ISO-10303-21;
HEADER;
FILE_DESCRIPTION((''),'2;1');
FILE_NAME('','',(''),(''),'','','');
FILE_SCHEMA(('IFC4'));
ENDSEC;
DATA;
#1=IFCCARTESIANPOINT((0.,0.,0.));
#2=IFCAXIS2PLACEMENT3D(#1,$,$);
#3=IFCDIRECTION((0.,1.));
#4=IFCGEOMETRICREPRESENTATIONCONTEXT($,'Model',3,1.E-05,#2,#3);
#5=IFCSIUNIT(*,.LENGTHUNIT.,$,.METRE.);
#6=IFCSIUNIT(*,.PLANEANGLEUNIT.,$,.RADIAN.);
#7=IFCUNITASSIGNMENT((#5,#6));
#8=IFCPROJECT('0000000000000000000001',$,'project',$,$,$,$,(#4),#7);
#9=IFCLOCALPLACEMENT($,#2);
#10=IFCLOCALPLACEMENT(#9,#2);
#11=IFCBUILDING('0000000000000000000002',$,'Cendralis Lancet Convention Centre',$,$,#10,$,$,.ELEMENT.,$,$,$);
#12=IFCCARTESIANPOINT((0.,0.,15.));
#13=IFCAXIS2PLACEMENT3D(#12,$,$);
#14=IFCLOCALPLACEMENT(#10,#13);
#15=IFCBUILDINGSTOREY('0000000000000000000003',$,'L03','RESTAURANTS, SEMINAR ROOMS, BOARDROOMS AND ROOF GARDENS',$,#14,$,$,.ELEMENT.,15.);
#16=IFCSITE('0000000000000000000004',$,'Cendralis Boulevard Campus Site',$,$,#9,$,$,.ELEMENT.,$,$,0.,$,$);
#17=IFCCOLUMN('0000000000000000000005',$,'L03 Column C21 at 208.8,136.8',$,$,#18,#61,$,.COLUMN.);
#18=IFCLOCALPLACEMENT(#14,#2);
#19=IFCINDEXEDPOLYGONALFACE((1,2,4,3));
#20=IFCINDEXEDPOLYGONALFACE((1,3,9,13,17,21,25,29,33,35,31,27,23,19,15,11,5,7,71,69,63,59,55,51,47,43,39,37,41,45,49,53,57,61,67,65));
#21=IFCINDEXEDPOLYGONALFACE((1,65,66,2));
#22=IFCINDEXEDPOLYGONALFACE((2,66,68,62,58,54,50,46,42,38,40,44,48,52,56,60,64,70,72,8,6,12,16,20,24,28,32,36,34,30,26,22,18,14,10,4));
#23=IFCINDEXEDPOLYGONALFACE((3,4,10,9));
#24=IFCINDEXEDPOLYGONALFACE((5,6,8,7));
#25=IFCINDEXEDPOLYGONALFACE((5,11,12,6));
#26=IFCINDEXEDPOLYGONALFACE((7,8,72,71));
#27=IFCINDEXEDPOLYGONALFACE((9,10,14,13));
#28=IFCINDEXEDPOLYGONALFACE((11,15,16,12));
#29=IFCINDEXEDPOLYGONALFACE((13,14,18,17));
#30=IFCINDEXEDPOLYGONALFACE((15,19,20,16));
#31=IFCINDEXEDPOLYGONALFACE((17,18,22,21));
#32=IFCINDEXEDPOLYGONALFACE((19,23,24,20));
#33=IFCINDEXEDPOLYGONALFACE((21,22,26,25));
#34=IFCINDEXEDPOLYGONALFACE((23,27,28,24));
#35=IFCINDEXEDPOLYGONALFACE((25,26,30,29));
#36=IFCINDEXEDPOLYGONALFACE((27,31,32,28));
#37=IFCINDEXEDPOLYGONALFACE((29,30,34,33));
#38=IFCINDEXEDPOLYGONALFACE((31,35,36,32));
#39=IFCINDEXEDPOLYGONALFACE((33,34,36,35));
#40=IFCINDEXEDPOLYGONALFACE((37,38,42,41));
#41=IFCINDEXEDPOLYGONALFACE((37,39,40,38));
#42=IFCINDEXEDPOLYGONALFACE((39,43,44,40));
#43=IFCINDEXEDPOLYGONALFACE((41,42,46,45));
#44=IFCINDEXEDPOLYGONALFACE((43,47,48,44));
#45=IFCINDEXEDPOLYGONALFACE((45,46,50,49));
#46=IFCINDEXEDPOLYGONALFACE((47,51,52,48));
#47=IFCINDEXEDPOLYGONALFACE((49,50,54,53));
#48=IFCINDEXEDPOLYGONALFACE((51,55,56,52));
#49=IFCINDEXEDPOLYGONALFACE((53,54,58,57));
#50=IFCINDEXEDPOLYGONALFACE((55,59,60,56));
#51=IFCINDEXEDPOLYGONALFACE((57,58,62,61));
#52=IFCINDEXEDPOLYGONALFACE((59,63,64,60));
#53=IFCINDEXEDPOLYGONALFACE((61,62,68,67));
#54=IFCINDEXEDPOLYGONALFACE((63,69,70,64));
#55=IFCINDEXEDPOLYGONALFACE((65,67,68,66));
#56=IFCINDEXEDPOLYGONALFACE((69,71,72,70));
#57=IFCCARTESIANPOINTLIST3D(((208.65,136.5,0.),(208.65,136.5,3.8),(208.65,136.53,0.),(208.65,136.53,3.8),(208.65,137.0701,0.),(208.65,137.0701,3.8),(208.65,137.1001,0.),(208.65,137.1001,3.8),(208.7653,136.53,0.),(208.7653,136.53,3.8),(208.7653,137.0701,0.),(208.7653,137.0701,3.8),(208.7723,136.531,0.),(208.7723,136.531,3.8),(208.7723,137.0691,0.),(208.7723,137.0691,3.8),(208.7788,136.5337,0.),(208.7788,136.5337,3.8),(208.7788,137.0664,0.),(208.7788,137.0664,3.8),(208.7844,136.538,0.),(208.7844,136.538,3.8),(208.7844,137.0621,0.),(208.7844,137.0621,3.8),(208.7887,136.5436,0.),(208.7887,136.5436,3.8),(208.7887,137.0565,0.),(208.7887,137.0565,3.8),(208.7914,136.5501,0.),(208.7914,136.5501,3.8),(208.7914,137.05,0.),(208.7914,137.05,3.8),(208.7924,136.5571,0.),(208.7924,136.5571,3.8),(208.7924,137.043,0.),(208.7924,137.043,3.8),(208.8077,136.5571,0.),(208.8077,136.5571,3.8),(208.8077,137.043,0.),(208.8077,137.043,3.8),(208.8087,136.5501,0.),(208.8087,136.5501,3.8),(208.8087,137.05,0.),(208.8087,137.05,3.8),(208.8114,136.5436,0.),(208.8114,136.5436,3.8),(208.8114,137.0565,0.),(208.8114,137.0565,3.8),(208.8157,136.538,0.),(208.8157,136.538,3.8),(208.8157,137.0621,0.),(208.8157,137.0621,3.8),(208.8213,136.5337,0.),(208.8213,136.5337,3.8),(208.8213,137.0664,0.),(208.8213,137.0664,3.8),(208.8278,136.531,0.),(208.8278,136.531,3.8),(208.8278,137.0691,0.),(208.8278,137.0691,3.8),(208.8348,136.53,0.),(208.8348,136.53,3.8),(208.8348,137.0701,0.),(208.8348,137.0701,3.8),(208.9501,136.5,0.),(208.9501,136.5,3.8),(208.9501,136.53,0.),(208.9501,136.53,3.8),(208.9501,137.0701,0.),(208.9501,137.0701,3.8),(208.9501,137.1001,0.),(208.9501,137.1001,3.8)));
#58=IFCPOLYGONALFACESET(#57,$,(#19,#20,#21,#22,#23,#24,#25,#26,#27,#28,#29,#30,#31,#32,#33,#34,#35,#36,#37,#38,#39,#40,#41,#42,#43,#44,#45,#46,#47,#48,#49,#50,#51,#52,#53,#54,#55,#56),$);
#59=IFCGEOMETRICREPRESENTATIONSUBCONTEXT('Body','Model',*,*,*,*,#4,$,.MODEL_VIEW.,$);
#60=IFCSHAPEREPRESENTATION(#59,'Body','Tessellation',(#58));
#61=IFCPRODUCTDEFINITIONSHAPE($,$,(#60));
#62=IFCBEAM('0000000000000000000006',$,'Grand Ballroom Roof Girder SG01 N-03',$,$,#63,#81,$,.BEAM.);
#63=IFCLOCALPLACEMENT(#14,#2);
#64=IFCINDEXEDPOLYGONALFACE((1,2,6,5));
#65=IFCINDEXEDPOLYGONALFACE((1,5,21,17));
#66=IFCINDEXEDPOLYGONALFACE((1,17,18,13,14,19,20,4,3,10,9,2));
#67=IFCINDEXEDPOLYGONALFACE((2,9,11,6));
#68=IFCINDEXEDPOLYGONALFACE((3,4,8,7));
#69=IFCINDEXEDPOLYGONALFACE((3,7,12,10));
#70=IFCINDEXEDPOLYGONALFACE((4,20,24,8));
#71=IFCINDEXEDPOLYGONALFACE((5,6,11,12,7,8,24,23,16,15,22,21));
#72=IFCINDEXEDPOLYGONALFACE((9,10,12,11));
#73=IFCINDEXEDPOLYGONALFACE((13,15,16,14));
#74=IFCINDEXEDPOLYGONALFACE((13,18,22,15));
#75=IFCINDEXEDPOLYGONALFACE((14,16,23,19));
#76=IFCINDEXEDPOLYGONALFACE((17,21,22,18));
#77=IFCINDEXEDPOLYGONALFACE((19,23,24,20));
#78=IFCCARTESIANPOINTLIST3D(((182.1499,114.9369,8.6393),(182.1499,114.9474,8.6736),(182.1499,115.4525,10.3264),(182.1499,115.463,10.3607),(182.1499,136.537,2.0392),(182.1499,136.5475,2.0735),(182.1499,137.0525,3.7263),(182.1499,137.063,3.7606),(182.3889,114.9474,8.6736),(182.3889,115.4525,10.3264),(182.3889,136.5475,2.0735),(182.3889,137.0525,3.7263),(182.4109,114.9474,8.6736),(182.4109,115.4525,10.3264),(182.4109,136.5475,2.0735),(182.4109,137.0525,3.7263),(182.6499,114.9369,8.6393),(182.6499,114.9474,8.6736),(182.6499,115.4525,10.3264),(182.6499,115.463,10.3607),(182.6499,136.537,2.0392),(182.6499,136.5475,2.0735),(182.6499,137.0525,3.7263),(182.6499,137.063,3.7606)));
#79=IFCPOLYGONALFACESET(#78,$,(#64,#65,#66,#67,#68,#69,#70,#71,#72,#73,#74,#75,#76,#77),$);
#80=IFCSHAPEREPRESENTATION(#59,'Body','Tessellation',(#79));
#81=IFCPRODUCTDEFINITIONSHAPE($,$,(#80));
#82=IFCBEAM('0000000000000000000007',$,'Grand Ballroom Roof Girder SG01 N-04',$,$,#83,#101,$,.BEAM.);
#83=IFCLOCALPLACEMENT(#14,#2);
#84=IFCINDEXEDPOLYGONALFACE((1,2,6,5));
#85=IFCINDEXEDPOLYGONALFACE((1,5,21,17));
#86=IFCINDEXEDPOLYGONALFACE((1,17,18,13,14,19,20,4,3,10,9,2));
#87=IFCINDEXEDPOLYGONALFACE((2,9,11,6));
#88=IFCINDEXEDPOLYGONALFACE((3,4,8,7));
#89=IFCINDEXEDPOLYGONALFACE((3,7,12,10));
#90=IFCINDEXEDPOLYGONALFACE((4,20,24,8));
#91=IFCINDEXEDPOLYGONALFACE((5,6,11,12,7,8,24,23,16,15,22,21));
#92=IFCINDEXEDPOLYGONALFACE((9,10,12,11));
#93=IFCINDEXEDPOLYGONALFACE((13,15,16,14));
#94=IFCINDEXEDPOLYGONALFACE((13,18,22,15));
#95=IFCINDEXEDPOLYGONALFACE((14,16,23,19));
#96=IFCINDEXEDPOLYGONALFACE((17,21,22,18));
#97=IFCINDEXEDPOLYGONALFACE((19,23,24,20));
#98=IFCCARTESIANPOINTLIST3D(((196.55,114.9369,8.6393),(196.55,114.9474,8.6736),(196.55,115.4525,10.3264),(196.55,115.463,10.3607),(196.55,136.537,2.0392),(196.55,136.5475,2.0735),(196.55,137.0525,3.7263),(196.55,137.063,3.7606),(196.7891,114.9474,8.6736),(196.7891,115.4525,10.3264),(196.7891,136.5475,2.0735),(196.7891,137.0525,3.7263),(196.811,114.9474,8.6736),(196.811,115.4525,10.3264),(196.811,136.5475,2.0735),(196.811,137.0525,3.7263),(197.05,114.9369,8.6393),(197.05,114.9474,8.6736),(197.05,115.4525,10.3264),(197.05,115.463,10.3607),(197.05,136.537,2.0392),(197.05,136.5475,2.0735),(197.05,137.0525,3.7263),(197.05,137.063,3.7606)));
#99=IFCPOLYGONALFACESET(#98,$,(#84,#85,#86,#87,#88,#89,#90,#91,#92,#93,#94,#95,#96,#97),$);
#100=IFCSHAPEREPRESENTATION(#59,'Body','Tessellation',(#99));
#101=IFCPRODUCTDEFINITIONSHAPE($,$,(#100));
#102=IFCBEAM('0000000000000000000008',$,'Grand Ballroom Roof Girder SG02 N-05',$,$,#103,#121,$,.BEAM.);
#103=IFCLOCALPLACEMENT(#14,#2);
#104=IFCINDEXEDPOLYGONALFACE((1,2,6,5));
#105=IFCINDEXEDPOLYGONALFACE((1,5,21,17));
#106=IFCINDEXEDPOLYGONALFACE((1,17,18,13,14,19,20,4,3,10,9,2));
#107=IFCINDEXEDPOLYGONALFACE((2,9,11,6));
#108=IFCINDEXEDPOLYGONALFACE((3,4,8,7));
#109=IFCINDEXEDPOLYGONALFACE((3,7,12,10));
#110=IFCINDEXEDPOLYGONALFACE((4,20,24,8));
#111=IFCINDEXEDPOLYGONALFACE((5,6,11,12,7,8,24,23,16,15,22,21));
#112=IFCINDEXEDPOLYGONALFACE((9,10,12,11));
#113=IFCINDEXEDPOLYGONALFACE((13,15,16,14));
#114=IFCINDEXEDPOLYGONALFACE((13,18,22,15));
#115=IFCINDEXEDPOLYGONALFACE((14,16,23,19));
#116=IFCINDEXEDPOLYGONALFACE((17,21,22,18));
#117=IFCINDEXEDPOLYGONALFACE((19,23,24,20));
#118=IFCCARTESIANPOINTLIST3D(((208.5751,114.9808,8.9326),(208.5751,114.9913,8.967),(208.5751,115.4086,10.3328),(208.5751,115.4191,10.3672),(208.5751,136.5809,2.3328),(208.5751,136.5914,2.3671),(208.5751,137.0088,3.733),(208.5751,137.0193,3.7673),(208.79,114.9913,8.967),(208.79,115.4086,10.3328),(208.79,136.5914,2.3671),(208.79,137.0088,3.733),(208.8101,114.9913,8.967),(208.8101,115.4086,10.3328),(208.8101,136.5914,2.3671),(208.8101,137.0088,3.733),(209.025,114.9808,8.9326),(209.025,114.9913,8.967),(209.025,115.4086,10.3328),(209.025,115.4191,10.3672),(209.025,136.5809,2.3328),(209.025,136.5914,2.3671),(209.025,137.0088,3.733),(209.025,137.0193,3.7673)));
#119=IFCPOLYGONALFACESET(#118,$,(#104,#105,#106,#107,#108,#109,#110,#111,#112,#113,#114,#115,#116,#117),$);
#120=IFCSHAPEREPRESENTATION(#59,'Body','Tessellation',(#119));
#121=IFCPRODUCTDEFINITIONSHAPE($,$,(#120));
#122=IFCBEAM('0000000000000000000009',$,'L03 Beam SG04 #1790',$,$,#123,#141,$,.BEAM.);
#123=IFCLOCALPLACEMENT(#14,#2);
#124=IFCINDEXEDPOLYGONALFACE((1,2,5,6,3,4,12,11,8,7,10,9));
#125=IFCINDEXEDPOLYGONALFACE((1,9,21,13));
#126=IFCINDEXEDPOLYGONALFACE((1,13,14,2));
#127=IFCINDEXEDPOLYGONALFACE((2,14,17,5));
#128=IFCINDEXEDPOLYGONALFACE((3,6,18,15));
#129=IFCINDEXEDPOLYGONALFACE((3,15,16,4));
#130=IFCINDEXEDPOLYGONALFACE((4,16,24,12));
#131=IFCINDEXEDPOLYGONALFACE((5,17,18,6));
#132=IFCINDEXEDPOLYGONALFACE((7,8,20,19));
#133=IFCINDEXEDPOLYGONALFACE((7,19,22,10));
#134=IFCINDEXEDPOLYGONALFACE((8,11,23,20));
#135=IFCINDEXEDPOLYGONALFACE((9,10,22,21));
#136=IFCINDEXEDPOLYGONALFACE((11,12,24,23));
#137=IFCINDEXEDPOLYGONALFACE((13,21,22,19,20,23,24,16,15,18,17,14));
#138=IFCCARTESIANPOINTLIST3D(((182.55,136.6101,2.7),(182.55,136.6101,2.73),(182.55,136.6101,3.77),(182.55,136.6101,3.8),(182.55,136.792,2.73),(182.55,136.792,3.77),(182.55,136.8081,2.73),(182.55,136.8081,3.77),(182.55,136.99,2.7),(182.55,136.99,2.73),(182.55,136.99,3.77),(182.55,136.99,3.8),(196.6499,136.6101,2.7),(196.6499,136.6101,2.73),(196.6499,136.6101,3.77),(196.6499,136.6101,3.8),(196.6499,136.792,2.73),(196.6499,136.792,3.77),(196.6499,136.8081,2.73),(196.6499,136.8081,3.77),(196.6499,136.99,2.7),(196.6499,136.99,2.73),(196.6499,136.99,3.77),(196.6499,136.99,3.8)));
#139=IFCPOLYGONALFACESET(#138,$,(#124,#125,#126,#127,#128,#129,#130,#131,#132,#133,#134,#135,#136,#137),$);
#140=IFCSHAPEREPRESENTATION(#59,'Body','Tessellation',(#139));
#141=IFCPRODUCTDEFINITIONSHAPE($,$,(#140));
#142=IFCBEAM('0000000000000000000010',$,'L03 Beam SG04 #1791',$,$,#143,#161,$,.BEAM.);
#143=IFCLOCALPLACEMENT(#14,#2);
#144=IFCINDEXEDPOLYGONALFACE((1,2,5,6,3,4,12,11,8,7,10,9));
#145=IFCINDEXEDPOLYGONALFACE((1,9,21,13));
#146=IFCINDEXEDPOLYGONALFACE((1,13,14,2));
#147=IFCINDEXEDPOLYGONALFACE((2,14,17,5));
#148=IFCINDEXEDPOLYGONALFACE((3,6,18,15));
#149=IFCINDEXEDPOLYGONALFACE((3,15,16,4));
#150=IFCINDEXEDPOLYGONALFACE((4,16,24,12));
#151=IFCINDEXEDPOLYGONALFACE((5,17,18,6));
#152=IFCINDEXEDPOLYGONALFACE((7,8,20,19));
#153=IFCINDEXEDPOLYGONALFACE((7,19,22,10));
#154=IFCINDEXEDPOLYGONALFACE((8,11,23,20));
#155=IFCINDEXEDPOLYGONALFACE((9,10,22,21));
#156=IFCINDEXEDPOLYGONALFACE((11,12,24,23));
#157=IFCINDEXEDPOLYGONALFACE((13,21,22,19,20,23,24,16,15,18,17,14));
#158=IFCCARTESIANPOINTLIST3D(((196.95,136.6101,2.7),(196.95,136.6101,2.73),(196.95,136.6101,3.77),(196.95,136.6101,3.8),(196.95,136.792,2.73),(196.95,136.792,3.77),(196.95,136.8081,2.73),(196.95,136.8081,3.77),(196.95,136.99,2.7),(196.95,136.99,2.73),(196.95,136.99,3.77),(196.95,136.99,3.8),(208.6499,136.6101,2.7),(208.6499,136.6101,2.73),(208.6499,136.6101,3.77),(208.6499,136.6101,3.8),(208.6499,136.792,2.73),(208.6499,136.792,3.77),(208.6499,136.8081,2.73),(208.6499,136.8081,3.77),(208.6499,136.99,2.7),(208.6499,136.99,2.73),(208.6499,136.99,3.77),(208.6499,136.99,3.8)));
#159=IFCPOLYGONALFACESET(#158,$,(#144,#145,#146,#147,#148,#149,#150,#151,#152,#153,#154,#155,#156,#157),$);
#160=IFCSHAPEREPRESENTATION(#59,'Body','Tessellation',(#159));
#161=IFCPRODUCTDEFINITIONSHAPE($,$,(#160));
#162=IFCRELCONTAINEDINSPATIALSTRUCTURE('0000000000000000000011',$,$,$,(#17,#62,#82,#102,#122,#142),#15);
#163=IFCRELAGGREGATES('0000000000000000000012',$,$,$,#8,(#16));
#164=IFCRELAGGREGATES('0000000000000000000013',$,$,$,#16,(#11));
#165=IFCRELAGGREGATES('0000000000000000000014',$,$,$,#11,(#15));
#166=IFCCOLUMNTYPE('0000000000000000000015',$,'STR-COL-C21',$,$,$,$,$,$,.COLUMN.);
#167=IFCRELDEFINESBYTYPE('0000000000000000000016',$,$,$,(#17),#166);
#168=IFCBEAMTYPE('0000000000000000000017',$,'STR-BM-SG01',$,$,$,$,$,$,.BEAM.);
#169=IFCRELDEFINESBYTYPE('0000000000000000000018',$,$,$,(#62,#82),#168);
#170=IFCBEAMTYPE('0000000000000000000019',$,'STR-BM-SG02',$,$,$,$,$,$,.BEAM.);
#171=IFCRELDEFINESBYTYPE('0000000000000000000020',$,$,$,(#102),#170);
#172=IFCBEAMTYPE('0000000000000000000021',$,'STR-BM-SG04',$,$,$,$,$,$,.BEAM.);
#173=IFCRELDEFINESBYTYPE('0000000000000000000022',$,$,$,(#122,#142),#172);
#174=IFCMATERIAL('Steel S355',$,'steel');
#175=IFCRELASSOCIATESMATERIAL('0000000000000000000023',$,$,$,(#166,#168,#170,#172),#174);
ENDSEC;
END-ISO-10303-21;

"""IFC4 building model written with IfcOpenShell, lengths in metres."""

from ifc_helpers import new_model, si_unit, direction, frame, origin, origin_2d, place, context, subcontext, project, spatial, i_section, extrude, material, material_profile, profile_set, type_object, element, save


model = new_model("IFC4")

# Units and contexts
model_context = context("Model", 3, precision=1e-05, world=origin(), true_north=direction((0.0, 1.0)))
body_context = subcontext(model_context, "Body", "Model", "MODEL_VIEW")
ifc_project = project(units=[si_unit("LENGTHUNIT", "METRE"), si_unit("PLANEANGLEUNIT", "RADIAN")], contexts=[model_context])

# Site, building, storey
site_placement = place(None, origin())
site = spatial("IfcSite", under=ifc_project, at=site_placement, Name="Cendralis Boulevard Campus Site", CompositionType="ELEMENT", RefElevation=0.0)
building_placement = place(site_placement, origin())
building = spatial("IfcBuilding", under=site, at=building_placement, Name="Cendralis Lancet Convention Centre", CompositionType="ELEMENT")
storey_placement = place(building_placement, frame((0.0, 0.0, 15.0)))
storey = spatial("IfcBuildingStorey", under=building, at=storey_placement, Name="L03", Description="RESTAURANTS, SEMINAR ROOMS, BOARDROOMS AND ROOF GARDENS", CompositionType="ELEMENT", Elevation=15.0)

# Column
ifc_material = material(Name="Steel S355", Category="steel")
ifc_material_profile_1 = material_profile(ifc_material, i_section(OverallWidth=0.3, OverallDepth=0.6001, WebThickness=0.0154, FlangeThickness=0.03, FilletRadius=0.0271, at=origin_2d()), Name="HEB 600")
ifc_profile_set_1 = profile_set([ifc_material_profile_1], Name="Steel S355")
column_type = type_object("IfcColumnType", Name="STR-COL-C21", PredefinedType="COLUMN", material=ifc_profile_set_1)
for number, where, z_axis, x_axis, name in (
    (1, (208.8, 136.8, 0.0), (0.0, 0.0, 1.0), (1.0, 0.0, 0.0), "L03 Column C21 at 208.8,136.8"),
):
    element("IfcColumn", number, at=place(storey_placement, frame(where, z_axis=z_axis, x_axis=x_axis)), inside=storey, type_object=column_type, Name=name, PredefinedType="COLUMN", context=body_context, shape_type="SweptSolid", body=[
        extrude(i_section(OverallWidth=0.3, OverallDepth=0.6001, WebThickness=0.0154, FlangeThickness=0.03, FilletRadius=0.0271, at=origin_2d()), origin(), (0.0, 0.0, 1.0), 3.8),
    ])

# Beams
ifc_material_profile_2 = material_profile(ifc_material, i_section(OverallWidth=0.5, OverallDepth=1.8, WebThickness=0.022, FlangeThickness=0.0359, at=origin_2d()), Name="PG 1800x500")
ifc_profile_set_2 = profile_set([ifc_material_profile_2], Name="Steel S355")
beam_type_1 = type_object("IfcBeamType", Name="STR-BM-SG01", PredefinedType="BEAM", material=ifc_profile_set_2)
for number, where, z_axis, x_axis, name in (
    (2, (182.3999, 115.2, 9.5), (0.0, 0.956351, -0.292221), (-1.0, 0.0, 0.0), "Grand Ballroom Roof Girder SG01 N-03"),
    (3, (196.8, 115.2, 9.5), (0.0, 0.956351, -0.292221), (-1.0, 0.0, 0.0), "Grand Ballroom Roof Girder SG01 N-04"),
):
    element("IfcBeam", number, at=place(storey_placement, frame(where, z_axis=z_axis, x_axis=x_axis)), inside=storey, type_object=beam_type_1, Name=name, PredefinedType="BEAM", context=body_context, shape_type="SweptSolid", body=[
        extrude(i_section(OverallWidth=0.5, OverallDepth=1.8, WebThickness=0.022, FlangeThickness=0.0359, at=origin_2d()), origin(), (0.0, 0.0, 1.0), 22.5859),
    ])
ifc_material_profile_3 = material_profile(ifc_material, i_section(OverallWidth=0.45, OverallDepth=1.5, WebThickness=0.02, FlangeThickness=0.0359, at=origin_2d()), Name="PG 1500x450")
ifc_profile_set_3 = profile_set([ifc_material_profile_3], Name="Steel S355")
beam_type_2 = type_object("IfcBeamType", Name="STR-BM-SG02", PredefinedType="BEAM", material=ifc_profile_set_3)
beam_1_placement = place(storey_placement, frame((208.8, 115.2, 9.6499), z_axis=(0.0, 0.956354, -0.292211), x_axis=(-1.0, 0.0, 0.0)))
element("IfcBeam", 4, at=beam_1_placement, inside=storey, type_object=beam_type_2, Name="Grand Ballroom Roof Girder SG02 N-05", PredefinedType="BEAM", context=body_context, shape_type="SweptSolid", body=[
    extrude(i_section(OverallWidth=0.45, OverallDepth=1.5, WebThickness=0.02, FlangeThickness=0.0359, at=origin_2d()), origin(), (0.0, 0.0, 1.0), 22.5859),
])
ifc_material_profile_4 = material_profile(ifc_material, i_section(OverallWidth=0.3799, OverallDepth=1.1001, WebThickness=0.0161, FlangeThickness=0.03, at=origin_2d()), Name="PG 1100x380")
ifc_profile_set_4 = profile_set([ifc_material_profile_4], Name="Steel S355")
beam_type_3 = type_object("IfcBeamType", Name="STR-BM-SG04", PredefinedType="BEAM", material=ifc_profile_set_4)
beam_2_placement = place(storey_placement, frame((182.55, 136.8, 3.25), z_axis=(1.0, 0.0, 0.0), x_axis=(0.0, 1.0, 0.0)))
element("IfcBeam", 5, at=beam_2_placement, inside=storey, type_object=beam_type_3, Name="L03 Beam SG04 #1790", PredefinedType="BEAM", context=body_context, shape_type="SweptSolid", body=[
    extrude(i_section(OverallWidth=0.3799, OverallDepth=1.1001, WebThickness=0.0161, FlangeThickness=0.03, at=origin_2d()), origin(), (0.0, 0.0, 1.0), 14.0999),
])
beam_3_placement = place(storey_placement, frame((196.95, 136.8, 3.25), z_axis=(1.0, 0.0, 0.0), x_axis=(0.0, 1.0, 0.0)))
element("IfcBeam", 6, at=beam_3_placement, inside=storey, type_object=beam_type_3, Name="L03 Beam SG04 #1791", PredefinedType="BEAM", context=body_context, shape_type="SweptSolid", body=[
    extrude(i_section(OverallWidth=0.3799, OverallDepth=1.1001, WebThickness=0.0161, FlangeThickness=0.03, at=origin_2d()), origin(), (0.0, 0.0, 1.0), 11.7),
])

save(model, "model.ifc")
